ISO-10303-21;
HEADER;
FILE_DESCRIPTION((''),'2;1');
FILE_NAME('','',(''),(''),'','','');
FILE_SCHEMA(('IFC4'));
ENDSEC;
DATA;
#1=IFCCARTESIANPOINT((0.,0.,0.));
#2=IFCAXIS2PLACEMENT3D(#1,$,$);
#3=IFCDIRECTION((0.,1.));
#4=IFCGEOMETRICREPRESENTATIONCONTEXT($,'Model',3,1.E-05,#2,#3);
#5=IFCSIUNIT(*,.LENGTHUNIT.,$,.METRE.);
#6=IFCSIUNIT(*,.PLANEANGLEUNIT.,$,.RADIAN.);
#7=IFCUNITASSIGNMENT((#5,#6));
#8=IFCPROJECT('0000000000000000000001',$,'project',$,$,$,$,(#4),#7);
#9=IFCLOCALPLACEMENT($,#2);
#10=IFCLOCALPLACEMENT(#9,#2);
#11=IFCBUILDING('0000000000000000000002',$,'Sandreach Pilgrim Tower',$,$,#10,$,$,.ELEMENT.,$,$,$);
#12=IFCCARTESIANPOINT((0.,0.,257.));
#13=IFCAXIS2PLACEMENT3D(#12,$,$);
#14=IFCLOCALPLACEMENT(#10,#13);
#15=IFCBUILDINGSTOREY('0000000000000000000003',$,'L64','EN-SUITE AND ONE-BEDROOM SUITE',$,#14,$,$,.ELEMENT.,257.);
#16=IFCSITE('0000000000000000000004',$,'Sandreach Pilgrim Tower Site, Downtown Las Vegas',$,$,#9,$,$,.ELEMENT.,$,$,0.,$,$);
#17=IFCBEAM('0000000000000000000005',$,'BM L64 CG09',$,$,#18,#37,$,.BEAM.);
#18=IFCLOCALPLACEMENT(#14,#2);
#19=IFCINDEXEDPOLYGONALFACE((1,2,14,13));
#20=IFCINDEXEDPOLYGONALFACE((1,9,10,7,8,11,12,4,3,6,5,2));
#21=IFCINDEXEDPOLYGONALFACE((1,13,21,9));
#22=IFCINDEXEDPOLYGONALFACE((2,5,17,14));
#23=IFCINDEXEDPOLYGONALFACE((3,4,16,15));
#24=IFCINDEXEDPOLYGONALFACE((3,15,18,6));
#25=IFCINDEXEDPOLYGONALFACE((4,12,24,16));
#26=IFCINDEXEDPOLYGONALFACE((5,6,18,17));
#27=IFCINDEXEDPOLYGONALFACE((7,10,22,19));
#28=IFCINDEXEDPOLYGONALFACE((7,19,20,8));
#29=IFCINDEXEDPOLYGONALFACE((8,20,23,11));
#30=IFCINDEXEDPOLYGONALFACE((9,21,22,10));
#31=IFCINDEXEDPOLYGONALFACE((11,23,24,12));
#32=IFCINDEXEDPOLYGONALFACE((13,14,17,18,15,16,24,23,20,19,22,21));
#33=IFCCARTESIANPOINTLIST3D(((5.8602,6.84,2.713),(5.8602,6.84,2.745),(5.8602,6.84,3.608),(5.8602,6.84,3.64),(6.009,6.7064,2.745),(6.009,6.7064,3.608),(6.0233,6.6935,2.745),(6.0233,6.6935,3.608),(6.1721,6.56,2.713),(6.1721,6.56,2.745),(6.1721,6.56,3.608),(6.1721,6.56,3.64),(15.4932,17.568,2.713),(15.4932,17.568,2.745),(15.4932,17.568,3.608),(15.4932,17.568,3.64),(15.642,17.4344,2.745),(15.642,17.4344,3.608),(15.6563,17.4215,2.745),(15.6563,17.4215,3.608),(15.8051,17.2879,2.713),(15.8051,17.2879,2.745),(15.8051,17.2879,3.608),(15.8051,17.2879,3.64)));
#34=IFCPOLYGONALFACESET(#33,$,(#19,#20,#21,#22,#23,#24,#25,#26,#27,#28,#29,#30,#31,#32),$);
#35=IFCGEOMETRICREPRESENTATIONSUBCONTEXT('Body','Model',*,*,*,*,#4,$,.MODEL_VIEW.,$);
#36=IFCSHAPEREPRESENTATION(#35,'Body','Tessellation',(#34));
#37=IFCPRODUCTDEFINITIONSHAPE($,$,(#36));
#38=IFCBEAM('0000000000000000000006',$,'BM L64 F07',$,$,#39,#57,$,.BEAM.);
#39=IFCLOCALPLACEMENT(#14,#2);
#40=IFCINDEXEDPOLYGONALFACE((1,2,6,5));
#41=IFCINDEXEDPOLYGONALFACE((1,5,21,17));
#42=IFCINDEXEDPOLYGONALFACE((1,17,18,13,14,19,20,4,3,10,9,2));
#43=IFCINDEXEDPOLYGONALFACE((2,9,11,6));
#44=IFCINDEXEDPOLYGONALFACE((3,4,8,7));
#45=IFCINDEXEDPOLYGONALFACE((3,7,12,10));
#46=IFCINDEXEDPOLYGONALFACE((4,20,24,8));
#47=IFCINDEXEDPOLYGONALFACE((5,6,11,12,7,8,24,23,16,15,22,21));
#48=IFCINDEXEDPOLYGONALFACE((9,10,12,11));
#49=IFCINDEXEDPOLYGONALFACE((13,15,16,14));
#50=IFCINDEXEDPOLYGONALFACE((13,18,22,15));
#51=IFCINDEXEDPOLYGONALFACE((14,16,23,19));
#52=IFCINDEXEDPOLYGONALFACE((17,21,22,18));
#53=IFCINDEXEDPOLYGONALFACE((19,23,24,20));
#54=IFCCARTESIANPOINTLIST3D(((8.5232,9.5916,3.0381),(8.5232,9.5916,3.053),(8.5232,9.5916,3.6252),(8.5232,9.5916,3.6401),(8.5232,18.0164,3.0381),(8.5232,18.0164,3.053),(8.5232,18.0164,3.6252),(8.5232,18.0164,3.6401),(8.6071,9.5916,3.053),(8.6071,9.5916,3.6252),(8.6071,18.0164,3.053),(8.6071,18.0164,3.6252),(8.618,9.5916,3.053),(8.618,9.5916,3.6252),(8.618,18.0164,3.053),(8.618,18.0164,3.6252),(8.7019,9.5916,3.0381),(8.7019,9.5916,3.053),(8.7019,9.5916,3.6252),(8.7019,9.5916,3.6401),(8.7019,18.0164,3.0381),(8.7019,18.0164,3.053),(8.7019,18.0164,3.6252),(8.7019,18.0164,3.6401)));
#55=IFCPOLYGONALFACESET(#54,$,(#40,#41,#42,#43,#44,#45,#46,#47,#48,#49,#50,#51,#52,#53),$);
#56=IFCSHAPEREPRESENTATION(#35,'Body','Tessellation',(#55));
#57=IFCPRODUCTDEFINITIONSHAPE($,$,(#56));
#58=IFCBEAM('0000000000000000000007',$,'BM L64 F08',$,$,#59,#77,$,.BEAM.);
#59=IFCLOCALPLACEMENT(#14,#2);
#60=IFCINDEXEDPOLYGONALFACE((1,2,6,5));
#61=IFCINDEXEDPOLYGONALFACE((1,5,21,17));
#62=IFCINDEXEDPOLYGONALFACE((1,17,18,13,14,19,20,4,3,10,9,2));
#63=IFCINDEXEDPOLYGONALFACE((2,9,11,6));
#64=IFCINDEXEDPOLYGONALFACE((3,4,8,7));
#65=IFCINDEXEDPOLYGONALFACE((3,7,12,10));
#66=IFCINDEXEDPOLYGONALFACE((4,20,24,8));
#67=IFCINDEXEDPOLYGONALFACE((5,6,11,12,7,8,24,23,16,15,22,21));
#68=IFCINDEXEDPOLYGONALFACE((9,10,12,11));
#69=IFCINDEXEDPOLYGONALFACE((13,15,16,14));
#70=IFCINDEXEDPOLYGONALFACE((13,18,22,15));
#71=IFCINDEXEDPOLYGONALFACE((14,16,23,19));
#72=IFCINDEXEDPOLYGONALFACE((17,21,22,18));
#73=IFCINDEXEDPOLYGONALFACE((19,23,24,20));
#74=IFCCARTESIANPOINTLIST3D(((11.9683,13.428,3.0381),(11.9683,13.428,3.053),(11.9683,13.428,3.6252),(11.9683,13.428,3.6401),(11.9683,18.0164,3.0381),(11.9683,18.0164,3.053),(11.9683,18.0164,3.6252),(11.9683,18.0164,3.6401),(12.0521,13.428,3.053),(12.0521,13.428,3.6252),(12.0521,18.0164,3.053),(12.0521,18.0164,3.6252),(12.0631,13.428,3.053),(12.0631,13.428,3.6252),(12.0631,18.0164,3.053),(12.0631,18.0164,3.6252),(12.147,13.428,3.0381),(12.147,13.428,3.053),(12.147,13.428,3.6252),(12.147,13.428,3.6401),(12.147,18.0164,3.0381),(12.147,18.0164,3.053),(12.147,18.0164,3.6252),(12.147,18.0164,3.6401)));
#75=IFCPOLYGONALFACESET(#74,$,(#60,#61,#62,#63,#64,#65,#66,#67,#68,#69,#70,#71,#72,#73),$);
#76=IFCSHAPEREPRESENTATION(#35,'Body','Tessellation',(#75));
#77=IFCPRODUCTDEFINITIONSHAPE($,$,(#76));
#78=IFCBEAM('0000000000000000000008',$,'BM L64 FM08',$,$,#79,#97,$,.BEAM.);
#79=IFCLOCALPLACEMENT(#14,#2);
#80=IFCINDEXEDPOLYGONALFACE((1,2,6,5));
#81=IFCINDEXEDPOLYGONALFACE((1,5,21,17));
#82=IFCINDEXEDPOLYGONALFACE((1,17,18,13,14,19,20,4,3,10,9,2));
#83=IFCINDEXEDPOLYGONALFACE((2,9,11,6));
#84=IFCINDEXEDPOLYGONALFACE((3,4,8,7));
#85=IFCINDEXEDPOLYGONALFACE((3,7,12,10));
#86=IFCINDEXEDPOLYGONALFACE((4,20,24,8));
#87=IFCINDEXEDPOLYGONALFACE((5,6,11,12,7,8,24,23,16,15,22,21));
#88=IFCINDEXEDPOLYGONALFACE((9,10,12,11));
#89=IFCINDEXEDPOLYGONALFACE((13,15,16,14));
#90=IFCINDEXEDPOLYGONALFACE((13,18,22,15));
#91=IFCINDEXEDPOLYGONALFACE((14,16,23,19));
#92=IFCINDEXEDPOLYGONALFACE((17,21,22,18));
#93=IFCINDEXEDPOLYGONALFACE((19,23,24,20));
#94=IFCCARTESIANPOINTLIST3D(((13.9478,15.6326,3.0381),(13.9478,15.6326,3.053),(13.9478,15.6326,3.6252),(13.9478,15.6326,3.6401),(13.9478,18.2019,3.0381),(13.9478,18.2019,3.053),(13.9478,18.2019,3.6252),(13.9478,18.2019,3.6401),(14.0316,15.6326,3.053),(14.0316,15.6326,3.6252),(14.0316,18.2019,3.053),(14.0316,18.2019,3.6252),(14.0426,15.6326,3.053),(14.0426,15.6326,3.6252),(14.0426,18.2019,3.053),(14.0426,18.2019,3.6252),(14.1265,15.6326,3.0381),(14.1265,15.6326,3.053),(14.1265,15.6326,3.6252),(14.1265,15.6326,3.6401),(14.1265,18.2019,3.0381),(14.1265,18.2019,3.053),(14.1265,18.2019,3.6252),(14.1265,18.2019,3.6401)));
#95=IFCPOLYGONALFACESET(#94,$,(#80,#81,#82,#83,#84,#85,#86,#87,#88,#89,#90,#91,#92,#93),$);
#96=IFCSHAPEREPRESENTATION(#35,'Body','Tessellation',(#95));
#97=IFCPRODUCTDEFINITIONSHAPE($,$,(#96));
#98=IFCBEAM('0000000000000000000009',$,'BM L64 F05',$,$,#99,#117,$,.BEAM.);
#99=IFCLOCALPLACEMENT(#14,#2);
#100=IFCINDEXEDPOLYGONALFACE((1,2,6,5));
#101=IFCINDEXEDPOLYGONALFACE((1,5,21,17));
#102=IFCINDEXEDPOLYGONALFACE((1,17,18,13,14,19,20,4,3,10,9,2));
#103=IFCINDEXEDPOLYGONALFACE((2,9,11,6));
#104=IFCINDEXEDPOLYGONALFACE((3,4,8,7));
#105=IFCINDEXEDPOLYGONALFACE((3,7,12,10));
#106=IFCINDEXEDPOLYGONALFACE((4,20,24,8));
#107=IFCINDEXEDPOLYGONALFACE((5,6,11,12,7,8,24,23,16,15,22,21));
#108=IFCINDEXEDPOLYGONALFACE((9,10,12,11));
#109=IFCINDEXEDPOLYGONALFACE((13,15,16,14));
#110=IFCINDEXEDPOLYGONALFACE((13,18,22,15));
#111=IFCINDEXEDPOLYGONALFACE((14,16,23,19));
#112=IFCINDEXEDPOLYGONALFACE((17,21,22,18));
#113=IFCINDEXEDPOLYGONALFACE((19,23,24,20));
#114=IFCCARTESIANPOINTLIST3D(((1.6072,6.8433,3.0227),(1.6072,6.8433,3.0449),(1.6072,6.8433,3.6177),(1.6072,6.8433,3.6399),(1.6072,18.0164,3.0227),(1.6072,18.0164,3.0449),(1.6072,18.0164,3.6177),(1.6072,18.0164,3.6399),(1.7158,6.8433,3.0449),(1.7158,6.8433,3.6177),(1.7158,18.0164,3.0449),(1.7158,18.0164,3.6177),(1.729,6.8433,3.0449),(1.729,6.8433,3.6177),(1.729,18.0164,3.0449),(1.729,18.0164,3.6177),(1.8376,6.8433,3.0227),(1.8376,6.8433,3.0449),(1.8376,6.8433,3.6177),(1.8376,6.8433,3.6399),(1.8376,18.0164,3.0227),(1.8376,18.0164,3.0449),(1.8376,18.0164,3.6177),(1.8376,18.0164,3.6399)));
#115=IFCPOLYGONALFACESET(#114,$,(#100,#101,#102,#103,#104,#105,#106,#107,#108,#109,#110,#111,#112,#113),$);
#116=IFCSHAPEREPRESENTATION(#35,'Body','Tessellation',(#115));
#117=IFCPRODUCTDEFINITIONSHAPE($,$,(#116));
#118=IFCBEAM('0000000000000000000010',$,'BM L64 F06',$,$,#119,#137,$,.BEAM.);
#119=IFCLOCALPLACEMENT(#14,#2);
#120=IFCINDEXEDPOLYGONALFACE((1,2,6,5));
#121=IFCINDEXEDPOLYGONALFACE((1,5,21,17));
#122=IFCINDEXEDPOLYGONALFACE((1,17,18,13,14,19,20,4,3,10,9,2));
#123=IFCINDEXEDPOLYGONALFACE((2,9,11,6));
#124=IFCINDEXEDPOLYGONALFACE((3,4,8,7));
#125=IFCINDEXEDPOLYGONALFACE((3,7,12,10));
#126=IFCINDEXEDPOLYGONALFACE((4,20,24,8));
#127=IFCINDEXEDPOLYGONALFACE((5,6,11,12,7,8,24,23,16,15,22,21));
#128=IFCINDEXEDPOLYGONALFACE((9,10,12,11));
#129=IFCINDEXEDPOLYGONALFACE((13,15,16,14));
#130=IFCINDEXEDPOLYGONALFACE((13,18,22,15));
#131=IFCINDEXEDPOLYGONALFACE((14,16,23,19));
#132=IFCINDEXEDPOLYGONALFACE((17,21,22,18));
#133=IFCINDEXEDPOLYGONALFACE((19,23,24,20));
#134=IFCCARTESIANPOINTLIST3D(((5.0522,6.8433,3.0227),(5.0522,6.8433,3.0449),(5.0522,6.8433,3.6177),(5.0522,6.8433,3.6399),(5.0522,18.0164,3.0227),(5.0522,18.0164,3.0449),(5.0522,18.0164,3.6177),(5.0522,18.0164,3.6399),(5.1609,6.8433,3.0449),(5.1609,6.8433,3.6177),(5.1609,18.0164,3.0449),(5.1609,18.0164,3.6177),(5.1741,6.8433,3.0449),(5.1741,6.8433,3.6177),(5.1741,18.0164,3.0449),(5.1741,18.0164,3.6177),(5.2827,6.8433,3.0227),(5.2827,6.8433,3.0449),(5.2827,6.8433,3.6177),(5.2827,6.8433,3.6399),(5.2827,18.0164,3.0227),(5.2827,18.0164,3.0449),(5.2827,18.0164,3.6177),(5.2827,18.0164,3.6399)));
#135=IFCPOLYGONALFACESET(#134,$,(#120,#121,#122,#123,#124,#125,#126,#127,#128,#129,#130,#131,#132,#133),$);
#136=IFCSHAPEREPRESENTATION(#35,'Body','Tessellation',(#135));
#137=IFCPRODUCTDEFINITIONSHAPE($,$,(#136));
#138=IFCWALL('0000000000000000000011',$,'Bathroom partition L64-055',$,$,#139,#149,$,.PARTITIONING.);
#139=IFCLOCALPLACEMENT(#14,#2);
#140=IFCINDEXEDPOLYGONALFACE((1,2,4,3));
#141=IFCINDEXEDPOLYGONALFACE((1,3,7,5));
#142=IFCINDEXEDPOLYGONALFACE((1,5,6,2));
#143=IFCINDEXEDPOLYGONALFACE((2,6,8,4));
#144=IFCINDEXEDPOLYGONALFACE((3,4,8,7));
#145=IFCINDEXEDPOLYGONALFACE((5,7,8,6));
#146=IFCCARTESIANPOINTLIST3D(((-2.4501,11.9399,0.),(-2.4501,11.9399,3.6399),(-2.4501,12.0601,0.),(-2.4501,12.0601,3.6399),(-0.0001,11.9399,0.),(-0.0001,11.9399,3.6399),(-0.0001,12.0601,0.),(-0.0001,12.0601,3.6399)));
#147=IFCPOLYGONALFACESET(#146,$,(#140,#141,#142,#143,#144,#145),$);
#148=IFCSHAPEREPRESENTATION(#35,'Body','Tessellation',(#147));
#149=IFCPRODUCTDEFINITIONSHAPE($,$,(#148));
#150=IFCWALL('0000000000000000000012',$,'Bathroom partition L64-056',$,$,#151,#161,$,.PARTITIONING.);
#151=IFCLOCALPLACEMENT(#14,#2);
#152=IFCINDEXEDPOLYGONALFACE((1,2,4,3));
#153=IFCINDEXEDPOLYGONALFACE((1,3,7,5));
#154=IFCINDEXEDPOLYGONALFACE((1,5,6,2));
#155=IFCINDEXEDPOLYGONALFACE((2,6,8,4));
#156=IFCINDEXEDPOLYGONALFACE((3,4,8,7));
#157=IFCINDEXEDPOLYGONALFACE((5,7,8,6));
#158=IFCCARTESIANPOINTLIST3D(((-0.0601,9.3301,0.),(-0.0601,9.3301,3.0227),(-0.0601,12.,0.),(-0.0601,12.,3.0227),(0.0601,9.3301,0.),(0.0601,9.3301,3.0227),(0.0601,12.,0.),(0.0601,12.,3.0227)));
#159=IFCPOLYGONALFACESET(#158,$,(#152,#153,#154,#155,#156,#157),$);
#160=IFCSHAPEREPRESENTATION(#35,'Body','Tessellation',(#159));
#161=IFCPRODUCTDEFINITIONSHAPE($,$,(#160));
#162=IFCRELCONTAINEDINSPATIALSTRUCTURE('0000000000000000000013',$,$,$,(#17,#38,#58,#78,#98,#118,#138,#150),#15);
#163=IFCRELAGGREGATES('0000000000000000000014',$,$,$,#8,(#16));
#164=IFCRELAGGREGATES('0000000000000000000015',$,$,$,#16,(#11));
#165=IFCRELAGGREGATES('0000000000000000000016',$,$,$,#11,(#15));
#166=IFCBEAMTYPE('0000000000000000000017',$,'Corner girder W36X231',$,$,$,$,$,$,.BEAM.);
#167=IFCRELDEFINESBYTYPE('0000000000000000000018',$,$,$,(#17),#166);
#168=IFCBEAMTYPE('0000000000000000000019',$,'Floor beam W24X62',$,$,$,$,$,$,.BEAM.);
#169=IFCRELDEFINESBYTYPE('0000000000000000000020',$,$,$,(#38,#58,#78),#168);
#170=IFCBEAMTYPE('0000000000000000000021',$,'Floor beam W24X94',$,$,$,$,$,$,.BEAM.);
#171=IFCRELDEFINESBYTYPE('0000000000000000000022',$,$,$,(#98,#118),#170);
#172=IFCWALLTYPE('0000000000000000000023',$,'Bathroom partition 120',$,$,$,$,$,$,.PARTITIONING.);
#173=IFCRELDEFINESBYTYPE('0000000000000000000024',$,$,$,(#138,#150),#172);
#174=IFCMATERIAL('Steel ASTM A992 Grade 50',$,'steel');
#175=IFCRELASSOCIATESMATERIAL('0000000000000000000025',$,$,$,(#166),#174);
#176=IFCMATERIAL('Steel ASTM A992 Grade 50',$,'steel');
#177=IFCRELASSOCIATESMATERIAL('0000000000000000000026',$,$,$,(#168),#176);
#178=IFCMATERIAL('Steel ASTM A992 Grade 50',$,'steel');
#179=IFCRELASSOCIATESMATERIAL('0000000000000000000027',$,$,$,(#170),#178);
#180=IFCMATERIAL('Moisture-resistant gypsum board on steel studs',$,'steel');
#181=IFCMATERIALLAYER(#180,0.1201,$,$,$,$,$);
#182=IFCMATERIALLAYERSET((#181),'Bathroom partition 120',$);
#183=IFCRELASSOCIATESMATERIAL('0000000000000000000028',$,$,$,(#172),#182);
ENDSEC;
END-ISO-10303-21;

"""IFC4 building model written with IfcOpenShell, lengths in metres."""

from ifc_helpers import new_model, si_unit, direction, frame, frame_2d, origin, origin_2d, place, context, subcontext, project, spatial, rectangle, i_section, extrude, material, layer, layer_set, material_profile, profile_set, type_object, element, save


model = new_model("IFC4")

# Units and contexts
model_context = context("Model", 3, precision=1e-05, world=origin(), true_north=direction((0.0, 1.0)))
body_context = subcontext(model_context, "Body", "Model", "MODEL_VIEW")
ifc_project = project(units=[si_unit("LENGTHUNIT", "METRE"), si_unit("PLANEANGLEUNIT", "RADIAN")], contexts=[model_context])

# Site, building, storey
site_placement = place(None, origin())
site = spatial("IfcSite", under=ifc_project, at=site_placement, Name="Sandreach Pilgrim Tower Site, Downtown Las Vegas", CompositionType="ELEMENT", RefElevation=0.0)
building_placement = place(site_placement, origin())
building = spatial("IfcBuilding", under=site, at=building_placement, Name="Sandreach Pilgrim Tower", CompositionType="ELEMENT")
storey_placement = place(building_placement, frame((0.0, 0.0, 257.0)))
storey = spatial("IfcBuildingStorey", under=building, at=storey_placement, Name="L64", Description="EN-SUITE AND ONE-BEDROOM SUITE", CompositionType="ELEMENT", Elevation=257.0)

# Beams
ifc_material_1 = material(Name="Steel ASTM A992 Grade 50", Category="steel")
ifc_material_profile_1 = material_profile(ifc_material_1, i_section(OverallWidth=0.4192, OverallDepth=0.927, WebThickness=0.0193, FlangeThickness=0.032, at=origin_2d()), Name="W36X231")
ifc_profile_set_1 = profile_set([ifc_material_profile_1], Name="Steel ASTM A992 Grade 50")
beam_type_1 = type_object("IfcBeamType", Name="Corner girder W36X231", PredefinedType="BEAM", material=ifc_profile_set_1)
beam_1_placement = place(storey_placement, frame((15.6492, 17.428, 3.1765), z_axis=(-0.668115, -0.744058, 0.0), x_axis=(0.744058, -0.668115, 0.0)))
element("IfcBeam", 1, at=beam_1_placement, inside=storey, type_object=beam_type_1, Name="BM L64 CG09", PredefinedType="BEAM", context=body_context, shape_type="SweptSolid", body=[
    extrude(i_section(OverallWidth=0.4192, OverallDepth=0.927, WebThickness=0.0193, FlangeThickness=0.032, at=origin_2d()), origin(), (0.0, 0.0, 1.0), 14.4182),
])
ifc_material_2 = material(Name="Steel ASTM A992 Grade 50", Category="steel")
ifc_material_profile_2 = material_profile(ifc_material_2, i_section(OverallWidth=0.1787, OverallDepth=0.6021, WebThickness=0.011, FlangeThickness=0.0149, at=origin_2d()), Name="W24X62")
ifc_profile_set_2 = profile_set([ifc_material_profile_2], Name="Steel ASTM A992 Grade 50")
beam_type_2 = type_object("IfcBeamType", Name="Floor beam W24X62", PredefinedType="BEAM", material=ifc_profile_set_2)
beam_2_placement = place(storey_placement, frame((8.6125, 18.0164, 3.3391), z_axis=(0.0, -1.0, 0.0), x_axis=(1.0, 0.0, 0.0)))
element("IfcBeam", 2, at=beam_2_placement, inside=storey, type_object=beam_type_2, Name="BM L64 F07", PredefinedType="BEAM", context=body_context, shape_type="SweptSolid", body=[
    extrude(i_section(OverallWidth=0.1787, OverallDepth=0.6021, WebThickness=0.011, FlangeThickness=0.0149, at=origin_2d()), origin(), (0.0, 0.0, 1.0), 8.4248),
])
beam_3_placement = place(storey_placement, frame((12.0576, 18.0164, 3.3391), z_axis=(0.0, -1.0, 0.0), x_axis=(1.0, 0.0, 0.0)))
element("IfcBeam", 3, at=beam_3_placement, inside=storey, type_object=beam_type_2, Name="BM L64 F08", PredefinedType="BEAM", context=body_context, shape_type="SweptSolid", body=[
    extrude(i_section(OverallWidth=0.1787, OverallDepth=0.6021, WebThickness=0.011, FlangeThickness=0.0149, at=origin_2d()), origin(), (0.0, 0.0, 1.0), 4.5884),
])
beam_4_placement = place(storey_placement, frame((14.0371, 18.2019, 3.3391), z_axis=(0.0, -1.0, 0.0), x_axis=(1.0, 0.0, 0.0)))
element("IfcBeam", 4, at=beam_4_placement, inside=storey, type_object=beam_type_2, Name="BM L64 FM08", PredefinedType="BEAM", context=body_context, shape_type="SweptSolid", body=[
    extrude(i_section(OverallWidth=0.1787, OverallDepth=0.6021, WebThickness=0.011, FlangeThickness=0.0149, at=origin_2d()), origin(), (0.0, 0.0, 1.0), 2.5693),
])
ifc_material_3 = material(Name="Steel ASTM A992 Grade 50", Category="steel")
ifc_material_profile_3 = material_profile(ifc_material_3, i_section(OverallWidth=0.2305, OverallDepth=0.6172, WebThickness=0.0132, FlangeThickness=0.0222, at=origin_2d()), Name="W24X94")
ifc_profile_set_3 = profile_set([ifc_material_profile_3], Name="Steel ASTM A992 Grade 50")
beam_type_3 = type_object("IfcBeamType", Name="Floor beam W24X94", PredefinedType="BEAM", material=ifc_profile_set_3)
for number, where, z_axis, x_axis, name in (
    (5, (1.7224, 18.0164, 3.3313), (0.0, -1.0, 0.0), (1.0, 0.0, 0.0), "BM L64 F05"),
    (6, (5.1675, 18.0164, 3.3313), (0.0, -1.0, 0.0), (1.0, 0.0, 0.0), "BM L64 F06"),
):
    element("IfcBeam", number, at=place(storey_placement, frame(where, z_axis=z_axis, x_axis=x_axis)), inside=storey, type_object=beam_type_3, Name=name, PredefinedType="BEAM", context=body_context, shape_type="SweptSolid", body=[
        extrude(i_section(OverallWidth=0.2305, OverallDepth=0.6172, WebThickness=0.0132, FlangeThickness=0.0222, at=origin_2d()), origin(), (0.0, 0.0, 1.0), 11.1731),
    ])

# Walls
ifc_material_4 = material(Name="Moisture-resistant gypsum board on steel studs", Category="steel")
ifc_layer_1 = layer(ifc_material_4, 0.1201)
ifc_layer_set_1 = layer_set([ifc_layer_1], Name="Bathroom partition 120")
wall_type_1 = type_object("IfcWallType", Name="Bathroom partition 120", PredefinedType="PARTITIONING", material=ifc_layer_set_1)
wall_1_placement = place(storey_placement, frame((0.0, 12.0, 0.0), z_axis=(0.0, 0.0, 1.0), x_axis=(-1.0, 0.0, 0.0)))
element("IfcWall", 7, at=wall_1_placement, inside=storey, type_object=wall_type_1, Name="Bathroom partition L64-055", PredefinedType="PARTITIONING", context=body_context, shape_type="SweptSolid", body=[
    extrude(rectangle(XDim=2.45, YDim=0.1201, at=frame_2d((1.2251, 0.0))), origin(), (0.0, 0.0, 1.0), 3.6399),
])
wall_2_placement = place(storey_placement, frame((0.0, 12.0, 0.0), z_axis=(0.0, 0.0, 1.0), x_axis=(0.0, -1.0, 0.0)))
element("IfcWall", 8, at=wall_2_placement, inside=storey, type_object=wall_type_1, Name="Bathroom partition L64-056", PredefinedType="PARTITIONING", context=body_context, shape_type="SweptSolid", body=[
    extrude(rectangle(XDim=2.6699, YDim=0.1201, at=frame_2d((1.335, 0.0))), origin(), (0.0, 0.0, 1.0), 3.0227),
])

save(model, "model.ifc")
